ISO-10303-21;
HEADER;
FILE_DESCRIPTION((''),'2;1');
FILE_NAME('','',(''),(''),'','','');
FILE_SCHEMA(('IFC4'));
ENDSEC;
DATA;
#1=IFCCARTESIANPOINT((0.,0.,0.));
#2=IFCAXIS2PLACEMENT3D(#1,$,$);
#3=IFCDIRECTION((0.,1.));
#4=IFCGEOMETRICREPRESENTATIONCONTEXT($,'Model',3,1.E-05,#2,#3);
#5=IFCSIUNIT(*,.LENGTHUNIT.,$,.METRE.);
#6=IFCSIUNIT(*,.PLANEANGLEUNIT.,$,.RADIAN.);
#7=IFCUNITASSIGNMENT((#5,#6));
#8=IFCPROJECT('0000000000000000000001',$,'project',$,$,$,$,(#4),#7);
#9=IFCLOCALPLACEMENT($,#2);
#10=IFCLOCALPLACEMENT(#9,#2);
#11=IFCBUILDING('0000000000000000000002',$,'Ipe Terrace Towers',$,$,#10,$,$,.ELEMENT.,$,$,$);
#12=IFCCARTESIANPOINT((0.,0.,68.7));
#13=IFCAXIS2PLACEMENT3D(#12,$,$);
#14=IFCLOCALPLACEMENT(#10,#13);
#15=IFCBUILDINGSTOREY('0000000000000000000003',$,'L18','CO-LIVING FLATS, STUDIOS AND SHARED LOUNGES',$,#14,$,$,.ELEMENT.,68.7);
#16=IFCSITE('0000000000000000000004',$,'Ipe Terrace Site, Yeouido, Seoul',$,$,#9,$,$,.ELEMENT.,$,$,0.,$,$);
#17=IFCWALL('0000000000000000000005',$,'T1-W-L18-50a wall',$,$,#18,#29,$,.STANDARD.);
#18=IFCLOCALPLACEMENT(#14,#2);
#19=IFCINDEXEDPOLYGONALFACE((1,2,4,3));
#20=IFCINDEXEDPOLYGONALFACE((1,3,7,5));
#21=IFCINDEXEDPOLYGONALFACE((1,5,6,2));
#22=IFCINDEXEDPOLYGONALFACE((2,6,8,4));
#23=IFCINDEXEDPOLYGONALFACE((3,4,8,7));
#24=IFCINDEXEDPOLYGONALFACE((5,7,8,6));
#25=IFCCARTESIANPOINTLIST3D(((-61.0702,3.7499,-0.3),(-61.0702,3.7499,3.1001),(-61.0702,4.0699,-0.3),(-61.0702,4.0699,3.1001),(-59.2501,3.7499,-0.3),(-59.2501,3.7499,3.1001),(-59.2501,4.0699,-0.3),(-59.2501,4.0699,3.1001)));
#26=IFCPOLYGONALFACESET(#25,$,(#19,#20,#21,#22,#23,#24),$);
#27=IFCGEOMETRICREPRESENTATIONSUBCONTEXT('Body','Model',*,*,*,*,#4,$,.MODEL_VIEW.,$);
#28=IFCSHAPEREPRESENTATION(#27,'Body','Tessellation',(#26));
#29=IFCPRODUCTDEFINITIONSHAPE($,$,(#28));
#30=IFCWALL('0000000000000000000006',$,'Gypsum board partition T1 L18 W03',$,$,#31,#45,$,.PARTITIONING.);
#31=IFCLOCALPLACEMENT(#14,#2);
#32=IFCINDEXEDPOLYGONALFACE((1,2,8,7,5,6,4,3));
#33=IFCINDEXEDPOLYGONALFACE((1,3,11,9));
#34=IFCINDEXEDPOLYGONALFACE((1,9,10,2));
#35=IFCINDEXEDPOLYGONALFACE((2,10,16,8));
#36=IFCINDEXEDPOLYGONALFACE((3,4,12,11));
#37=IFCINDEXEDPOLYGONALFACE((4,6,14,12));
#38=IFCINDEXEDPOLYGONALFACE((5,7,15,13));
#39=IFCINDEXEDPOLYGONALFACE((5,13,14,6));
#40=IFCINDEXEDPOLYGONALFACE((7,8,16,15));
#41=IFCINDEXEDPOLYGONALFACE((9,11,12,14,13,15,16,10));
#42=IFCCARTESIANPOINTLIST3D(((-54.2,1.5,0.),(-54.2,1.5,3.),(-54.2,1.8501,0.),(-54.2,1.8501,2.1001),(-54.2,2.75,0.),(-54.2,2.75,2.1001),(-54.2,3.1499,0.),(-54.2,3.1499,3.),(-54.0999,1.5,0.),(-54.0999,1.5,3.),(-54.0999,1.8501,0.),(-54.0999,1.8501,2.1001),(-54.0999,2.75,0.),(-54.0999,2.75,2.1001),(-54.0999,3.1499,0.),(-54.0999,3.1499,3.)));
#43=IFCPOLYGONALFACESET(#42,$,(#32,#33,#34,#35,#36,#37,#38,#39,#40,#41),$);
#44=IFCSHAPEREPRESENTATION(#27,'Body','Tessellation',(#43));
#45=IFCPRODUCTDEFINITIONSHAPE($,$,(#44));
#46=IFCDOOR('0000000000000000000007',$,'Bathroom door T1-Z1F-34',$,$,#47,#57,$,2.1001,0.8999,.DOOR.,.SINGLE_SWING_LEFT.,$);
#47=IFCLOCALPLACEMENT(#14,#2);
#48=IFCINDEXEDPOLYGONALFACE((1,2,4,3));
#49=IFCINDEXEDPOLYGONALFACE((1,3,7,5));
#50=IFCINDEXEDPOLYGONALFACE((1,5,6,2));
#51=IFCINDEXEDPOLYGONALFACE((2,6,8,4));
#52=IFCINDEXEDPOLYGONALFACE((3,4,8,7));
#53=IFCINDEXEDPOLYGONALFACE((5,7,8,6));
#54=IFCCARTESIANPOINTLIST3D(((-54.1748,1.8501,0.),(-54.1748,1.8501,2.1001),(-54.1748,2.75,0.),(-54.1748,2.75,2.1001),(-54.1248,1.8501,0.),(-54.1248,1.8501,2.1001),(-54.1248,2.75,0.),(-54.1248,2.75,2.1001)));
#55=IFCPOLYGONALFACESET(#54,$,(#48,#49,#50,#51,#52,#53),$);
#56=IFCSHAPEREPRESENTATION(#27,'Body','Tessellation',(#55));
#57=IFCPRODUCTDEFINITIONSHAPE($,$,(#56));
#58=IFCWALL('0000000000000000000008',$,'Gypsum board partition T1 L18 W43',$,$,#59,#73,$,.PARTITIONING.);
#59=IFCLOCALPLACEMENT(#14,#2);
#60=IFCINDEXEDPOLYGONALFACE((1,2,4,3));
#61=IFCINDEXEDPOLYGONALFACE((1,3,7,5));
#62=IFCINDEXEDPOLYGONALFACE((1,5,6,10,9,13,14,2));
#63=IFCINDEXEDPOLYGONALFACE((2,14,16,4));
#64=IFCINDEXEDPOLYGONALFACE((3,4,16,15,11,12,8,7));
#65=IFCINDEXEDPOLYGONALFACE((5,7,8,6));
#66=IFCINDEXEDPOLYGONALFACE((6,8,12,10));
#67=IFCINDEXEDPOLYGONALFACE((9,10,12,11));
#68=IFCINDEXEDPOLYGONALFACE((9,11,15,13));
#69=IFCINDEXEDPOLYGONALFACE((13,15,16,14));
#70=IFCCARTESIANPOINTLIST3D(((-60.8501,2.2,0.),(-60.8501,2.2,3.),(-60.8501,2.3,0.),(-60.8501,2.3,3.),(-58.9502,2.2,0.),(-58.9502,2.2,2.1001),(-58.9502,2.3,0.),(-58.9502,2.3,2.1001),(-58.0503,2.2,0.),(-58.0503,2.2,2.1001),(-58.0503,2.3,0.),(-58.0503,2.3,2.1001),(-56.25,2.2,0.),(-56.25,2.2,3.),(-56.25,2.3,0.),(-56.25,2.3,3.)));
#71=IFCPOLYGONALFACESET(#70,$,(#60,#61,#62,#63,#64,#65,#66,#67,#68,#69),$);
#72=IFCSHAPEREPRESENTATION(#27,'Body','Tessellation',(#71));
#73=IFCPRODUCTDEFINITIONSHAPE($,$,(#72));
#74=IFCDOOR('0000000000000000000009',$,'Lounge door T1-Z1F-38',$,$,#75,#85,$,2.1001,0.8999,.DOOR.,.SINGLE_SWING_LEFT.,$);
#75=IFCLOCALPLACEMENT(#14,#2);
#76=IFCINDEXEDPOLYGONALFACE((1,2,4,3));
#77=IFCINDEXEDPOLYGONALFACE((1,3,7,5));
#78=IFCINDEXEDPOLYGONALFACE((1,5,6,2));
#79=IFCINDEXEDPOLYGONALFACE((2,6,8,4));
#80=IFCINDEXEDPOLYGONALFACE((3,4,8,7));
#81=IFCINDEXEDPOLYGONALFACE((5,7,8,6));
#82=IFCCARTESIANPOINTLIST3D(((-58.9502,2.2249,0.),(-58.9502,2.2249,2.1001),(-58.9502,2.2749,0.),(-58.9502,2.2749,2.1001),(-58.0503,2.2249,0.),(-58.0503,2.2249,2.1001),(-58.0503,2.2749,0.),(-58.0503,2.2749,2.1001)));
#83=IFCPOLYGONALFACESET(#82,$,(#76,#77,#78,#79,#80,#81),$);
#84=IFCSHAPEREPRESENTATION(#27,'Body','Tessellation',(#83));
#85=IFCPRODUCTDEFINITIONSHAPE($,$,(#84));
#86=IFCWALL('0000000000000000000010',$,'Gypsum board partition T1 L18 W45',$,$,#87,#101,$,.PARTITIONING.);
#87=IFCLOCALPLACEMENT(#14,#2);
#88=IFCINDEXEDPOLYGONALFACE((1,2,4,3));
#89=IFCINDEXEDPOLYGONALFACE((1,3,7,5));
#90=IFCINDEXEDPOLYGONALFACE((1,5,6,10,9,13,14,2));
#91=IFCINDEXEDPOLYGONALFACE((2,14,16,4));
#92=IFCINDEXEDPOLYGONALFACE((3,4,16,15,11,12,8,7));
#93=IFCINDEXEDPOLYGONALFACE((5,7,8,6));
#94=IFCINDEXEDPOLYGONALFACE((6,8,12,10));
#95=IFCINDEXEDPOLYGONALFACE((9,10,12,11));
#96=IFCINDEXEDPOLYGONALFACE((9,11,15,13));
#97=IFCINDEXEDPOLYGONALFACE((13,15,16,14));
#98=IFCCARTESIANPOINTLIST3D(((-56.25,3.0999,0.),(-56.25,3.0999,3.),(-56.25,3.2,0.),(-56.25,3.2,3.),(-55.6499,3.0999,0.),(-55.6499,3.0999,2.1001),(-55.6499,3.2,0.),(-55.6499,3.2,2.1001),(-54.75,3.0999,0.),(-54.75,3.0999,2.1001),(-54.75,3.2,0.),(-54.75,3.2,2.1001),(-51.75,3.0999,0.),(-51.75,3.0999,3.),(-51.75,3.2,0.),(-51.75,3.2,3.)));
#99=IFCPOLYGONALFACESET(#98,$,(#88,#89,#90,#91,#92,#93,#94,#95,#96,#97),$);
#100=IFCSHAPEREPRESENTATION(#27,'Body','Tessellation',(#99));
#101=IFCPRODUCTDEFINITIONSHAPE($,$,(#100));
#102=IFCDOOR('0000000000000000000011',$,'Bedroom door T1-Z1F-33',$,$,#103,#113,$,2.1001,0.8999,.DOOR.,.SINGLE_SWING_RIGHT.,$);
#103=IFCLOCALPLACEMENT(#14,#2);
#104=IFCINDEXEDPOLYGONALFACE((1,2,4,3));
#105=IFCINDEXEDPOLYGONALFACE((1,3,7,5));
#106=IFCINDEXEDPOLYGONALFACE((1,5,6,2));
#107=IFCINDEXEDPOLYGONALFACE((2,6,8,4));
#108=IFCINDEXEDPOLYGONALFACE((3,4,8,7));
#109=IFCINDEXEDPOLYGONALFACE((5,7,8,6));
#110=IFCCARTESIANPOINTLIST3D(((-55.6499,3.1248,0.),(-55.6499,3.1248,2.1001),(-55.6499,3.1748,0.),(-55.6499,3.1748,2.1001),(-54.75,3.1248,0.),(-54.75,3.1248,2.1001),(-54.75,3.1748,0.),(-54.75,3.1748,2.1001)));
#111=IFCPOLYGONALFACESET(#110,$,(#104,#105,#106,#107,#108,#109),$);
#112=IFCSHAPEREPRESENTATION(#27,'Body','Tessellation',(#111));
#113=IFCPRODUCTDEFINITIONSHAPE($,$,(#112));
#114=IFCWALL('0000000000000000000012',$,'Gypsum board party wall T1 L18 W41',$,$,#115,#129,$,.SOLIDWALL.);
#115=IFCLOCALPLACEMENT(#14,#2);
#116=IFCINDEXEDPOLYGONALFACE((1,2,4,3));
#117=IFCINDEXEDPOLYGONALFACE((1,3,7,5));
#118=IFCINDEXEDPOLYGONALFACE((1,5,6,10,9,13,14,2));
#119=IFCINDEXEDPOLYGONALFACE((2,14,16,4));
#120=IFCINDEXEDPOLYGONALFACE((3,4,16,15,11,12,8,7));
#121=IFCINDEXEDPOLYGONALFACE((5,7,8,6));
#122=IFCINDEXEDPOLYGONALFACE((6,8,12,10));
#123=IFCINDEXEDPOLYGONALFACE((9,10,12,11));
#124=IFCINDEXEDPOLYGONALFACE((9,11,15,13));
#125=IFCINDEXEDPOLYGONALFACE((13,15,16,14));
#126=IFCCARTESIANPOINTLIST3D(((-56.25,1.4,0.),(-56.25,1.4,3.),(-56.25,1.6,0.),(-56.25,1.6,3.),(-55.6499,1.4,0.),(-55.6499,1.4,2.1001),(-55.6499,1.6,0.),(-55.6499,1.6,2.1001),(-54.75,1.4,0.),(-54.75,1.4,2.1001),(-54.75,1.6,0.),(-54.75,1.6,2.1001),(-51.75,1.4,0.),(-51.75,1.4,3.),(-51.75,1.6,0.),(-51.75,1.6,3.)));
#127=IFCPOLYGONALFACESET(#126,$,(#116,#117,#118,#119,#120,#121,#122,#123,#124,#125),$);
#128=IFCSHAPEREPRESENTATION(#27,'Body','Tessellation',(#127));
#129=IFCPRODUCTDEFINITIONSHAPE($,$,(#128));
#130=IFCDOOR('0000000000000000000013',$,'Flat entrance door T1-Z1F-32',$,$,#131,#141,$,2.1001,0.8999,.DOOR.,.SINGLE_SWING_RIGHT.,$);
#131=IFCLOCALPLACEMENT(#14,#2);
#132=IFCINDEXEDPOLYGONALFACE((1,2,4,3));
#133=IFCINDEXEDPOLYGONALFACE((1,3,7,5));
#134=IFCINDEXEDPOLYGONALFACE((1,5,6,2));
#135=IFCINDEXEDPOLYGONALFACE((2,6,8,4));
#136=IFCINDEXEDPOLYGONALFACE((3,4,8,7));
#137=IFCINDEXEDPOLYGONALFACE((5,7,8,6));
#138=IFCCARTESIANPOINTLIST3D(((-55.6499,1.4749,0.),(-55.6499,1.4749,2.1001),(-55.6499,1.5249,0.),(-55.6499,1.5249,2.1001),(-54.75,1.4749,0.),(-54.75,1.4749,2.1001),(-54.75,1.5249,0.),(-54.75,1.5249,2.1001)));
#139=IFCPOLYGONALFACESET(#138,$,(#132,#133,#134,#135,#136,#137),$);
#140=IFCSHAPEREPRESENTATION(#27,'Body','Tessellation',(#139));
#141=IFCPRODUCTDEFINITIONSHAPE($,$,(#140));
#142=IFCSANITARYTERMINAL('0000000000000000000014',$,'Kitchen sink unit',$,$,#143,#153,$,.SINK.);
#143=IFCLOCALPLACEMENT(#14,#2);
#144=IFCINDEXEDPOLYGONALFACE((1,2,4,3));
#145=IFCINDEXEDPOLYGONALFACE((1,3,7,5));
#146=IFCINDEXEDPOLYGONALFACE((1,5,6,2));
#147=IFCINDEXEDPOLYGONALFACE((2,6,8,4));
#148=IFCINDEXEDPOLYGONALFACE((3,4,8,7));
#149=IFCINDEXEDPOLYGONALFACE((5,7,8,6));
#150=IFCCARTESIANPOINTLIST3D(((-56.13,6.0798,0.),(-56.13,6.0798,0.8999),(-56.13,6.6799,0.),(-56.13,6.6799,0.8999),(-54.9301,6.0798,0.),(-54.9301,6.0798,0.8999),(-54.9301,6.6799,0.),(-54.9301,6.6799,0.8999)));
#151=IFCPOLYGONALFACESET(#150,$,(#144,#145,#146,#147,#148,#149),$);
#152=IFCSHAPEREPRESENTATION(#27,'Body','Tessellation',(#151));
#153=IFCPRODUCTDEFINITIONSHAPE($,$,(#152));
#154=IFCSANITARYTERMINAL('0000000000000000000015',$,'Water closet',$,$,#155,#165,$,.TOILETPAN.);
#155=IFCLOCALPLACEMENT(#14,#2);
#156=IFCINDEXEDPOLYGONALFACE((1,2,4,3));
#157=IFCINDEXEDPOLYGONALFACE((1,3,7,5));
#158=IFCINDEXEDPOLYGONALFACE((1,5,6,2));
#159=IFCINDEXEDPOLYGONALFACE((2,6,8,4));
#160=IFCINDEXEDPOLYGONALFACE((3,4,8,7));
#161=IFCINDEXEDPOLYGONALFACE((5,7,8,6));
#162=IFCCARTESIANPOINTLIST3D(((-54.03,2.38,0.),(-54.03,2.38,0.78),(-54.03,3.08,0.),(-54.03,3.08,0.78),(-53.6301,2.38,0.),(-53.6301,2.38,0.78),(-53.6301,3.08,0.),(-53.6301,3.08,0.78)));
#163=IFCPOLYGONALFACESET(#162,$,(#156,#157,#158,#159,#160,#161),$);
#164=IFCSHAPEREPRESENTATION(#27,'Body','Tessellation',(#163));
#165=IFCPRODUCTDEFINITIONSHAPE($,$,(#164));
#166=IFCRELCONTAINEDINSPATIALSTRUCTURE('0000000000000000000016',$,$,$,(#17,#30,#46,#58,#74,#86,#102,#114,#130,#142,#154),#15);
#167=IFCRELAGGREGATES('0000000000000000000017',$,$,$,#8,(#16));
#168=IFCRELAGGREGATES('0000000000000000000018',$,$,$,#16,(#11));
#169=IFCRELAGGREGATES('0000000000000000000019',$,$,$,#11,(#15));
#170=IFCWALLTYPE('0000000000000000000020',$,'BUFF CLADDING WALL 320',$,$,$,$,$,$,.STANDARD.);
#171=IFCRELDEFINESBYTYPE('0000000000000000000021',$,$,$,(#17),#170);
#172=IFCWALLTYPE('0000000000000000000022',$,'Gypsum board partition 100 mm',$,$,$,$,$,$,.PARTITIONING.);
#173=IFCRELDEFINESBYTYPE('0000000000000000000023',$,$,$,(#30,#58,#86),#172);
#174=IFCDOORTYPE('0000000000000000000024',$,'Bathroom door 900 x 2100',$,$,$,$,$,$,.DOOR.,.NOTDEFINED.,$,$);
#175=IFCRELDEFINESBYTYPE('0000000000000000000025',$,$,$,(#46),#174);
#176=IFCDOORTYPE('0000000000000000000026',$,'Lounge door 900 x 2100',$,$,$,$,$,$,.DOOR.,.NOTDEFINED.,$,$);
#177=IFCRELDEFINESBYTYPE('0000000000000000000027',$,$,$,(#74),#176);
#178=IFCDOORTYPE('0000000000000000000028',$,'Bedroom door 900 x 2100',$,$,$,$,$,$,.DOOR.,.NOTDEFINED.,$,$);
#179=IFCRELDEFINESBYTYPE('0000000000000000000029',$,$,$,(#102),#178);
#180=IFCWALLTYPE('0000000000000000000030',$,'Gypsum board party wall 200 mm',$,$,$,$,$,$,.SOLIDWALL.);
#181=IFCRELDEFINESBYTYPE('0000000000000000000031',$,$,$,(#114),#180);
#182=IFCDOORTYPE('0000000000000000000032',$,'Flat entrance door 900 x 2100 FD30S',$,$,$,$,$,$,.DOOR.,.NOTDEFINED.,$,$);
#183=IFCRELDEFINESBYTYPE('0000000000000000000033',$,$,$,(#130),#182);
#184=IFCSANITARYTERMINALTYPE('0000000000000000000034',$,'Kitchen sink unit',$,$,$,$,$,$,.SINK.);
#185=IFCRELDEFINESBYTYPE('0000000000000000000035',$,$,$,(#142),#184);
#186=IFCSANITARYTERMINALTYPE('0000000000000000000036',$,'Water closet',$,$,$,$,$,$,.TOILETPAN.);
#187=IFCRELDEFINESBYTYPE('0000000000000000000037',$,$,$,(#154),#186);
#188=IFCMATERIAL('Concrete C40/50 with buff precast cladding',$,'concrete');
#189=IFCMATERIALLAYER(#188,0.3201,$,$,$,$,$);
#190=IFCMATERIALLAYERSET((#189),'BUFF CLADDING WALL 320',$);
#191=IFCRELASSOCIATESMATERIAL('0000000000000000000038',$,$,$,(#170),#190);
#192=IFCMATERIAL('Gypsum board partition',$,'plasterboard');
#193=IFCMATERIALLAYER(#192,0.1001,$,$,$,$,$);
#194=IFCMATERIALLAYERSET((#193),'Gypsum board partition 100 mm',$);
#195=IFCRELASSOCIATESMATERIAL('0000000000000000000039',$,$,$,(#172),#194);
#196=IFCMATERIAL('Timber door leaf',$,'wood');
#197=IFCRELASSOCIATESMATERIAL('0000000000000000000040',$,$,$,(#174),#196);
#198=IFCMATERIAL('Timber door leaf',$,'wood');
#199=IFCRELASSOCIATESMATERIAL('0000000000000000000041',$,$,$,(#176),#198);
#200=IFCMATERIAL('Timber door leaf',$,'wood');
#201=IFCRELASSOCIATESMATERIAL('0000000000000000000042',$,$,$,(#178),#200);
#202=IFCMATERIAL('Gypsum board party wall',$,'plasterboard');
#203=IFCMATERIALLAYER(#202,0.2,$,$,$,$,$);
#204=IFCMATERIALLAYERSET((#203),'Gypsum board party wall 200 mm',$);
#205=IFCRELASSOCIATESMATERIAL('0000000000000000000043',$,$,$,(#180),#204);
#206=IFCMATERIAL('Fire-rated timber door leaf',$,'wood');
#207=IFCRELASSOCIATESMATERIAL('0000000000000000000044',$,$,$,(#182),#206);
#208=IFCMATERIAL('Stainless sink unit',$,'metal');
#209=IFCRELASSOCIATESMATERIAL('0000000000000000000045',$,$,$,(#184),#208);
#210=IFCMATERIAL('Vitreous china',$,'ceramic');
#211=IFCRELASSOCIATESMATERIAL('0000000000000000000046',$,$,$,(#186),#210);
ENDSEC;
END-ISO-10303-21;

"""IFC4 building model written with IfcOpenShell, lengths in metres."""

from ifc_helpers import new_model, si_unit, direction, frame, frame_2d, origin, origin_2d, place, context, subcontext, project, spatial, rectangle, extrude, material, layer, layer_set, type_object, element, fill, save


model = new_model("IFC4")

# Units and contexts
model_context = context("Model", 3, precision=1e-05, world=origin(), true_north=direction((0.0, 1.0)))
body_context = subcontext(model_context, "Body", "Model", "MODEL_VIEW")
ifc_project = project(units=[si_unit("LENGTHUNIT", "METRE"), si_unit("PLANEANGLEUNIT", "RADIAN")], contexts=[model_context])

# Site, building, storey
site_placement = place(None, origin())
site = spatial("IfcSite", under=ifc_project, at=site_placement, Name="Ipe Terrace Site, Yeouido, Seoul", CompositionType="ELEMENT", RefElevation=0.0)
building_placement = place(site_placement, origin())
building = spatial("IfcBuilding", under=site, at=building_placement, Name="Ipe Terrace Towers", CompositionType="ELEMENT")
storey_placement = place(building_placement, frame((0.0, 0.0, 68.7)))
storey = spatial("IfcBuildingStorey", under=building, at=storey_placement, Name="L18", Description="CO-LIVING FLATS, STUDIOS AND SHARED LOUNGES", CompositionType="ELEMENT", Elevation=68.7)

# Wall
ifc_material_1 = material(Name="Concrete C40/50 with buff precast cladding", Category="concrete")
ifc_layer_1 = layer(ifc_material_1, 0.3201)
ifc_layer_set_1 = layer_set([ifc_layer_1], Name="BUFF CLADDING WALL 320")
wall_type_1 = type_object("IfcWallType", Name="BUFF CLADDING WALL 320", PredefinedType="STANDARD", material=ifc_layer_set_1)
wall_1_placement = place(storey_placement, frame((-59.25, 3.9099, -0.3), z_axis=(0.0, 0.0, 1.0), x_axis=(-1.0, 0.0, 0.0)))
element("IfcWall", 1, at=wall_1_placement, inside=storey, type_object=wall_type_1, Name="T1-W-L18-50a wall", PredefinedType="STANDARD", context=body_context, shape_type="SweptSolid", body=[
    extrude(rectangle(XDim=1.8201, YDim=0.3201, at=frame_2d((0.9102, 0.0))), origin(), (0.0, 0.0, 1.0), 3.4001),
])

# Walls, openings, doors
ifc_material_2 = material(Name="Gypsum board partition", Category="plasterboard")
ifc_layer_2 = layer(ifc_material_2, 0.1001)
ifc_layer_set_2 = layer_set([ifc_layer_2], Name="Gypsum board partition 100 mm")
wall_type_2 = type_object("IfcWallType", Name="Gypsum board partition 100 mm", PredefinedType="PARTITIONING", material=ifc_layer_set_2)
wall_2_placement = place(storey_placement, frame((-54.1499, 1.5, 0.0), z_axis=(0.0, 0.0, 1.0), x_axis=(0.0, 1.0, 0.0)))
wall_2 = element("IfcWall", 2, at=wall_2_placement, inside=storey, type_object=wall_type_2, Name="Gypsum board partition T1 L18 W03", PredefinedType="PARTITIONING", context=body_context, shape_type="SweptSolid", body=[
    extrude(rectangle(XDim=1.6499, YDim=0.1001, at=frame_2d((0.825, 0.0))), origin(), (0.0, 0.0, 1.0), 3.0),
])
opening_1_placement = place(wall_2_placement, frame((0.3501, 0.0, 0.0)))
opening_1 = element("IfcOpeningElement", 3, at=opening_1_placement, cuts=wall_2, PredefinedType="OPENING", context=body_context, shape_type="SweptSolid", body=[
    extrude(rectangle(XDim=0.8999, YDim=2.1001, at=frame_2d((0.45, 1.05))), frame((0.0, 0.0601, 0.0), z_axis=(0.0, -1.0, 0.0), x_axis=(1.0, 0.0, 0.0)), (0.0, 0.0, 1.0), 0.1201),
])
ifc_material_3 = material(Name="Timber door leaf", Category="wood")
door_type_1 = type_object("IfcDoorType", Name="Bathroom door 900 x 2100", OperationType="NOTDEFINED", PredefinedType="DOOR", material=ifc_material_3)
door_1_placement = place(opening_1_placement, origin())
door_1 = element("IfcDoor", 4, at=door_1_placement, inside=storey, type_object=door_type_1, Name="Bathroom door T1-Z1F-34", OperationType="SINGLE_SWING_LEFT", OverallHeight=2.1001, OverallWidth=0.8999, PredefinedType="DOOR", context=body_context, shape_type="SweptSolid", body=[
    extrude(rectangle(XDim=0.8999, YDim=2.1001, at=frame_2d((0.45, 1.05))), frame((0.0, 0.0249, 0.0), z_axis=(0.0, -1.0, 0.0), x_axis=(1.0, 0.0, 0.0)), (0.0, 0.0, 1.0), 0.05),
])
fill(opening_1, door_1)
wall_3_placement = place(storey_placement, frame((-60.8501, 2.25, 0.0), z_axis=(0.0, 0.0, 1.0), x_axis=(1.0, 0.0, 0.0)))
wall_3 = element("IfcWall", 5, at=wall_3_placement, inside=storey, type_object=wall_type_2, Name="Gypsum board partition T1 L18 W43", PredefinedType="PARTITIONING", context=body_context, shape_type="SweptSolid", body=[
    extrude(rectangle(XDim=4.6001, YDim=0.1001, at=frame_2d((2.3, 0.0))), origin(), (0.0, 0.0, 1.0), 3.0),
])
opening_2_placement = place(wall_3_placement, frame((1.8999, 0.0, 0.0)))
opening_2 = element("IfcOpeningElement", 6, at=opening_2_placement, cuts=wall_3, PredefinedType="OPENING", context=body_context, shape_type="SweptSolid", body=[
    extrude(rectangle(XDim=0.8999, YDim=2.1001, at=frame_2d((0.45, 1.05))), frame((0.0, 0.0601, 0.0), z_axis=(0.0, -1.0, 0.0), x_axis=(1.0, 0.0, 0.0)), (0.0, 0.0, 1.0), 0.1201),
])
ifc_material_4 = material(Name="Timber door leaf", Category="wood")
door_type_2 = type_object("IfcDoorType", Name="Lounge door 900 x 2100", OperationType="NOTDEFINED", PredefinedType="DOOR", material=ifc_material_4)
door_2_placement = place(opening_2_placement, origin())
door_2 = element("IfcDoor", 7, at=door_2_placement, inside=storey, type_object=door_type_2, Name="Lounge door T1-Z1F-38", OperationType="SINGLE_SWING_LEFT", OverallHeight=2.1001, OverallWidth=0.8999, PredefinedType="DOOR", context=body_context, shape_type="SweptSolid", body=[
    extrude(rectangle(XDim=0.8999, YDim=2.1001, at=frame_2d((0.45, 1.05))), frame((0.0, 0.0249, 0.0), z_axis=(0.0, -1.0, 0.0), x_axis=(1.0, 0.0, 0.0)), (0.0, 0.0, 1.0), 0.05),
])
fill(opening_2, door_2)
wall_4_placement = place(storey_placement, frame((-56.25, 3.1499, 0.0), z_axis=(0.0, 0.0, 1.0), x_axis=(1.0, 0.0, 0.0)))
wall_4 = element("IfcWall", 8, at=wall_4_placement, inside=storey, type_object=wall_type_2, Name="Gypsum board partition T1 L18 W45", PredefinedType="PARTITIONING", context=body_context, shape_type="SweptSolid", body=[
    extrude(rectangle(XDim=4.5, YDim=0.1001, at=frame_2d((2.25, 0.0))), origin(), (0.0, 0.0, 1.0), 3.0),
])
opening_3_placement = place(wall_4_placement, frame((0.6001, 0.0, 0.0)))
opening_3 = element("IfcOpeningElement", 9, at=opening_3_placement, cuts=wall_4, PredefinedType="OPENING", context=body_context, shape_type="SweptSolid", body=[
    extrude(rectangle(XDim=0.8999, YDim=2.1001, at=frame_2d((0.45, 1.05))), frame((0.0, 0.0601, 0.0), z_axis=(0.0, -1.0, 0.0), x_axis=(1.0, 0.0, 0.0)), (0.0, 0.0, 1.0), 0.1201),
])
ifc_material_5 = material(Name="Timber door leaf", Category="wood")
door_type_3 = type_object("IfcDoorType", Name="Bedroom door 900 x 2100", OperationType="NOTDEFINED", PredefinedType="DOOR", material=ifc_material_5)
door_3_placement = place(opening_3_placement, origin())
door_3 = element("IfcDoor", 10, at=door_3_placement, inside=storey, type_object=door_type_3, Name="Bedroom door T1-Z1F-33", OperationType="SINGLE_SWING_RIGHT", OverallHeight=2.1001, OverallWidth=0.8999, PredefinedType="DOOR", context=body_context, shape_type="SweptSolid", body=[
    extrude(rectangle(XDim=0.8999, YDim=2.1001, at=frame_2d((0.45, 1.05))), frame((0.0, 0.0249, 0.0), z_axis=(0.0, -1.0, 0.0), x_axis=(1.0, 0.0, 0.0)), (0.0, 0.0, 1.0), 0.05),
])
fill(opening_3, door_3)
ifc_material_6 = material(Name="Gypsum board party wall", Category="plasterboard")
ifc_layer_3 = layer(ifc_material_6, 0.2)
ifc_layer_set_3 = layer_set([ifc_layer_3], Name="Gypsum board party wall 200 mm")
wall_type_3 = type_object("IfcWallType", Name="Gypsum board party wall 200 mm", PredefinedType="SOLIDWALL", material=ifc_layer_set_3)
wall_5_placement = place(storey_placement, frame((-56.25, 1.5, 0.0), z_axis=(0.0, 0.0, 1.0), x_axis=(1.0, 0.0, 0.0)))
wall_5 = element("IfcWall", 11, at=wall_5_placement, inside=storey, type_object=wall_type_3, Name="Gypsum board party wall T1 L18 W41", PredefinedType="SOLIDWALL", context=body_context, shape_type="SweptSolid", body=[
    extrude(rectangle(XDim=4.5, YDim=0.2, at=frame_2d((2.25, 0.0))), origin(), (0.0, 0.0, 1.0), 3.0),
])
opening_4_placement = place(wall_5_placement, frame((0.6001, 0.0, 0.0)))
opening_4 = element("IfcOpeningElement", 12, at=opening_4_placement, cuts=wall_5, PredefinedType="OPENING", context=body_context, shape_type="SweptSolid", body=[
    extrude(rectangle(XDim=0.8999, YDim=2.1001, at=frame_2d((0.45, 1.05))), frame((0.0, 0.1099, 0.0), z_axis=(0.0, -1.0, 0.0), x_axis=(1.0, 0.0, 0.0)), (0.0, 0.0, 1.0), 0.22),
])
ifc_material_7 = material(Name="Fire-rated timber door leaf", Category="wood")
door_type_4 = type_object("IfcDoorType", Name="Flat entrance door 900 x 2100 FD30S", OperationType="NOTDEFINED", PredefinedType="DOOR", material=ifc_material_7)
door_4_placement = place(opening_4_placement, origin())
door_4 = element("IfcDoor", 13, at=door_4_placement, inside=storey, type_object=door_type_4, Name="Flat entrance door T1-Z1F-32", OperationType="SINGLE_SWING_RIGHT", OverallHeight=2.1001, OverallWidth=0.8999, PredefinedType="DOOR", context=body_context, shape_type="SweptSolid", body=[
    extrude(rectangle(XDim=0.8999, YDim=2.1001, at=frame_2d((0.45, 1.05))), frame((0.0, 0.0249, 0.0), z_axis=(0.0, -1.0, 0.0), x_axis=(1.0, 0.0, 0.0)), (0.0, 0.0, 1.0), 0.05),
])
fill(opening_4, door_4)

# Sanitary terminals
ifc_material_8 = material(Name="Stainless sink unit", Category="metal")
sanitary_terminal_type_1 = type_object("IfcSanitaryTerminalType", Name="Kitchen sink unit", PredefinedType="SINK", material=ifc_material_8)
sanitary_terminal_1_placement = place(storey_placement, frame((-55.53, 6.3799, 0.0), z_axis=(0.0, 0.0, 1.0), x_axis=(1.0, 0.0, 0.0)))
element("IfcSanitaryTerminal", 14, at=sanitary_terminal_1_placement, inside=storey, type_object=sanitary_terminal_type_1, Name="Kitchen sink unit", PredefinedType="SINK", context=body_context, shape_type="SweptSolid", body=[
    extrude(rectangle(XDim=1.2, YDim=0.6001, at=origin_2d()), origin(), (0.0, 0.0, 1.0), 0.8999),
])
ifc_material_9 = material(Name="Vitreous china", Category="ceramic")
sanitary_terminal_type_2 = type_object("IfcSanitaryTerminalType", Name="Water closet", PredefinedType="TOILETPAN", material=ifc_material_9)
sanitary_terminal_2_placement = place(storey_placement, frame((-53.8301, 2.73, 0.0), z_axis=(0.0, 0.0, 1.0), x_axis=(0.0, -1.0, 0.0)))
element("IfcSanitaryTerminal", 15, at=sanitary_terminal_2_placement, inside=storey, type_object=sanitary_terminal_type_2, Name="Water closet", PredefinedType="TOILETPAN", context=body_context, shape_type="SweptSolid", body=[
    extrude(rectangle(XDim=0.7, YDim=0.3999, at=origin_2d()), origin(), (0.0, 0.0, 1.0), 0.78),
])

save(model, "model.ifc")
